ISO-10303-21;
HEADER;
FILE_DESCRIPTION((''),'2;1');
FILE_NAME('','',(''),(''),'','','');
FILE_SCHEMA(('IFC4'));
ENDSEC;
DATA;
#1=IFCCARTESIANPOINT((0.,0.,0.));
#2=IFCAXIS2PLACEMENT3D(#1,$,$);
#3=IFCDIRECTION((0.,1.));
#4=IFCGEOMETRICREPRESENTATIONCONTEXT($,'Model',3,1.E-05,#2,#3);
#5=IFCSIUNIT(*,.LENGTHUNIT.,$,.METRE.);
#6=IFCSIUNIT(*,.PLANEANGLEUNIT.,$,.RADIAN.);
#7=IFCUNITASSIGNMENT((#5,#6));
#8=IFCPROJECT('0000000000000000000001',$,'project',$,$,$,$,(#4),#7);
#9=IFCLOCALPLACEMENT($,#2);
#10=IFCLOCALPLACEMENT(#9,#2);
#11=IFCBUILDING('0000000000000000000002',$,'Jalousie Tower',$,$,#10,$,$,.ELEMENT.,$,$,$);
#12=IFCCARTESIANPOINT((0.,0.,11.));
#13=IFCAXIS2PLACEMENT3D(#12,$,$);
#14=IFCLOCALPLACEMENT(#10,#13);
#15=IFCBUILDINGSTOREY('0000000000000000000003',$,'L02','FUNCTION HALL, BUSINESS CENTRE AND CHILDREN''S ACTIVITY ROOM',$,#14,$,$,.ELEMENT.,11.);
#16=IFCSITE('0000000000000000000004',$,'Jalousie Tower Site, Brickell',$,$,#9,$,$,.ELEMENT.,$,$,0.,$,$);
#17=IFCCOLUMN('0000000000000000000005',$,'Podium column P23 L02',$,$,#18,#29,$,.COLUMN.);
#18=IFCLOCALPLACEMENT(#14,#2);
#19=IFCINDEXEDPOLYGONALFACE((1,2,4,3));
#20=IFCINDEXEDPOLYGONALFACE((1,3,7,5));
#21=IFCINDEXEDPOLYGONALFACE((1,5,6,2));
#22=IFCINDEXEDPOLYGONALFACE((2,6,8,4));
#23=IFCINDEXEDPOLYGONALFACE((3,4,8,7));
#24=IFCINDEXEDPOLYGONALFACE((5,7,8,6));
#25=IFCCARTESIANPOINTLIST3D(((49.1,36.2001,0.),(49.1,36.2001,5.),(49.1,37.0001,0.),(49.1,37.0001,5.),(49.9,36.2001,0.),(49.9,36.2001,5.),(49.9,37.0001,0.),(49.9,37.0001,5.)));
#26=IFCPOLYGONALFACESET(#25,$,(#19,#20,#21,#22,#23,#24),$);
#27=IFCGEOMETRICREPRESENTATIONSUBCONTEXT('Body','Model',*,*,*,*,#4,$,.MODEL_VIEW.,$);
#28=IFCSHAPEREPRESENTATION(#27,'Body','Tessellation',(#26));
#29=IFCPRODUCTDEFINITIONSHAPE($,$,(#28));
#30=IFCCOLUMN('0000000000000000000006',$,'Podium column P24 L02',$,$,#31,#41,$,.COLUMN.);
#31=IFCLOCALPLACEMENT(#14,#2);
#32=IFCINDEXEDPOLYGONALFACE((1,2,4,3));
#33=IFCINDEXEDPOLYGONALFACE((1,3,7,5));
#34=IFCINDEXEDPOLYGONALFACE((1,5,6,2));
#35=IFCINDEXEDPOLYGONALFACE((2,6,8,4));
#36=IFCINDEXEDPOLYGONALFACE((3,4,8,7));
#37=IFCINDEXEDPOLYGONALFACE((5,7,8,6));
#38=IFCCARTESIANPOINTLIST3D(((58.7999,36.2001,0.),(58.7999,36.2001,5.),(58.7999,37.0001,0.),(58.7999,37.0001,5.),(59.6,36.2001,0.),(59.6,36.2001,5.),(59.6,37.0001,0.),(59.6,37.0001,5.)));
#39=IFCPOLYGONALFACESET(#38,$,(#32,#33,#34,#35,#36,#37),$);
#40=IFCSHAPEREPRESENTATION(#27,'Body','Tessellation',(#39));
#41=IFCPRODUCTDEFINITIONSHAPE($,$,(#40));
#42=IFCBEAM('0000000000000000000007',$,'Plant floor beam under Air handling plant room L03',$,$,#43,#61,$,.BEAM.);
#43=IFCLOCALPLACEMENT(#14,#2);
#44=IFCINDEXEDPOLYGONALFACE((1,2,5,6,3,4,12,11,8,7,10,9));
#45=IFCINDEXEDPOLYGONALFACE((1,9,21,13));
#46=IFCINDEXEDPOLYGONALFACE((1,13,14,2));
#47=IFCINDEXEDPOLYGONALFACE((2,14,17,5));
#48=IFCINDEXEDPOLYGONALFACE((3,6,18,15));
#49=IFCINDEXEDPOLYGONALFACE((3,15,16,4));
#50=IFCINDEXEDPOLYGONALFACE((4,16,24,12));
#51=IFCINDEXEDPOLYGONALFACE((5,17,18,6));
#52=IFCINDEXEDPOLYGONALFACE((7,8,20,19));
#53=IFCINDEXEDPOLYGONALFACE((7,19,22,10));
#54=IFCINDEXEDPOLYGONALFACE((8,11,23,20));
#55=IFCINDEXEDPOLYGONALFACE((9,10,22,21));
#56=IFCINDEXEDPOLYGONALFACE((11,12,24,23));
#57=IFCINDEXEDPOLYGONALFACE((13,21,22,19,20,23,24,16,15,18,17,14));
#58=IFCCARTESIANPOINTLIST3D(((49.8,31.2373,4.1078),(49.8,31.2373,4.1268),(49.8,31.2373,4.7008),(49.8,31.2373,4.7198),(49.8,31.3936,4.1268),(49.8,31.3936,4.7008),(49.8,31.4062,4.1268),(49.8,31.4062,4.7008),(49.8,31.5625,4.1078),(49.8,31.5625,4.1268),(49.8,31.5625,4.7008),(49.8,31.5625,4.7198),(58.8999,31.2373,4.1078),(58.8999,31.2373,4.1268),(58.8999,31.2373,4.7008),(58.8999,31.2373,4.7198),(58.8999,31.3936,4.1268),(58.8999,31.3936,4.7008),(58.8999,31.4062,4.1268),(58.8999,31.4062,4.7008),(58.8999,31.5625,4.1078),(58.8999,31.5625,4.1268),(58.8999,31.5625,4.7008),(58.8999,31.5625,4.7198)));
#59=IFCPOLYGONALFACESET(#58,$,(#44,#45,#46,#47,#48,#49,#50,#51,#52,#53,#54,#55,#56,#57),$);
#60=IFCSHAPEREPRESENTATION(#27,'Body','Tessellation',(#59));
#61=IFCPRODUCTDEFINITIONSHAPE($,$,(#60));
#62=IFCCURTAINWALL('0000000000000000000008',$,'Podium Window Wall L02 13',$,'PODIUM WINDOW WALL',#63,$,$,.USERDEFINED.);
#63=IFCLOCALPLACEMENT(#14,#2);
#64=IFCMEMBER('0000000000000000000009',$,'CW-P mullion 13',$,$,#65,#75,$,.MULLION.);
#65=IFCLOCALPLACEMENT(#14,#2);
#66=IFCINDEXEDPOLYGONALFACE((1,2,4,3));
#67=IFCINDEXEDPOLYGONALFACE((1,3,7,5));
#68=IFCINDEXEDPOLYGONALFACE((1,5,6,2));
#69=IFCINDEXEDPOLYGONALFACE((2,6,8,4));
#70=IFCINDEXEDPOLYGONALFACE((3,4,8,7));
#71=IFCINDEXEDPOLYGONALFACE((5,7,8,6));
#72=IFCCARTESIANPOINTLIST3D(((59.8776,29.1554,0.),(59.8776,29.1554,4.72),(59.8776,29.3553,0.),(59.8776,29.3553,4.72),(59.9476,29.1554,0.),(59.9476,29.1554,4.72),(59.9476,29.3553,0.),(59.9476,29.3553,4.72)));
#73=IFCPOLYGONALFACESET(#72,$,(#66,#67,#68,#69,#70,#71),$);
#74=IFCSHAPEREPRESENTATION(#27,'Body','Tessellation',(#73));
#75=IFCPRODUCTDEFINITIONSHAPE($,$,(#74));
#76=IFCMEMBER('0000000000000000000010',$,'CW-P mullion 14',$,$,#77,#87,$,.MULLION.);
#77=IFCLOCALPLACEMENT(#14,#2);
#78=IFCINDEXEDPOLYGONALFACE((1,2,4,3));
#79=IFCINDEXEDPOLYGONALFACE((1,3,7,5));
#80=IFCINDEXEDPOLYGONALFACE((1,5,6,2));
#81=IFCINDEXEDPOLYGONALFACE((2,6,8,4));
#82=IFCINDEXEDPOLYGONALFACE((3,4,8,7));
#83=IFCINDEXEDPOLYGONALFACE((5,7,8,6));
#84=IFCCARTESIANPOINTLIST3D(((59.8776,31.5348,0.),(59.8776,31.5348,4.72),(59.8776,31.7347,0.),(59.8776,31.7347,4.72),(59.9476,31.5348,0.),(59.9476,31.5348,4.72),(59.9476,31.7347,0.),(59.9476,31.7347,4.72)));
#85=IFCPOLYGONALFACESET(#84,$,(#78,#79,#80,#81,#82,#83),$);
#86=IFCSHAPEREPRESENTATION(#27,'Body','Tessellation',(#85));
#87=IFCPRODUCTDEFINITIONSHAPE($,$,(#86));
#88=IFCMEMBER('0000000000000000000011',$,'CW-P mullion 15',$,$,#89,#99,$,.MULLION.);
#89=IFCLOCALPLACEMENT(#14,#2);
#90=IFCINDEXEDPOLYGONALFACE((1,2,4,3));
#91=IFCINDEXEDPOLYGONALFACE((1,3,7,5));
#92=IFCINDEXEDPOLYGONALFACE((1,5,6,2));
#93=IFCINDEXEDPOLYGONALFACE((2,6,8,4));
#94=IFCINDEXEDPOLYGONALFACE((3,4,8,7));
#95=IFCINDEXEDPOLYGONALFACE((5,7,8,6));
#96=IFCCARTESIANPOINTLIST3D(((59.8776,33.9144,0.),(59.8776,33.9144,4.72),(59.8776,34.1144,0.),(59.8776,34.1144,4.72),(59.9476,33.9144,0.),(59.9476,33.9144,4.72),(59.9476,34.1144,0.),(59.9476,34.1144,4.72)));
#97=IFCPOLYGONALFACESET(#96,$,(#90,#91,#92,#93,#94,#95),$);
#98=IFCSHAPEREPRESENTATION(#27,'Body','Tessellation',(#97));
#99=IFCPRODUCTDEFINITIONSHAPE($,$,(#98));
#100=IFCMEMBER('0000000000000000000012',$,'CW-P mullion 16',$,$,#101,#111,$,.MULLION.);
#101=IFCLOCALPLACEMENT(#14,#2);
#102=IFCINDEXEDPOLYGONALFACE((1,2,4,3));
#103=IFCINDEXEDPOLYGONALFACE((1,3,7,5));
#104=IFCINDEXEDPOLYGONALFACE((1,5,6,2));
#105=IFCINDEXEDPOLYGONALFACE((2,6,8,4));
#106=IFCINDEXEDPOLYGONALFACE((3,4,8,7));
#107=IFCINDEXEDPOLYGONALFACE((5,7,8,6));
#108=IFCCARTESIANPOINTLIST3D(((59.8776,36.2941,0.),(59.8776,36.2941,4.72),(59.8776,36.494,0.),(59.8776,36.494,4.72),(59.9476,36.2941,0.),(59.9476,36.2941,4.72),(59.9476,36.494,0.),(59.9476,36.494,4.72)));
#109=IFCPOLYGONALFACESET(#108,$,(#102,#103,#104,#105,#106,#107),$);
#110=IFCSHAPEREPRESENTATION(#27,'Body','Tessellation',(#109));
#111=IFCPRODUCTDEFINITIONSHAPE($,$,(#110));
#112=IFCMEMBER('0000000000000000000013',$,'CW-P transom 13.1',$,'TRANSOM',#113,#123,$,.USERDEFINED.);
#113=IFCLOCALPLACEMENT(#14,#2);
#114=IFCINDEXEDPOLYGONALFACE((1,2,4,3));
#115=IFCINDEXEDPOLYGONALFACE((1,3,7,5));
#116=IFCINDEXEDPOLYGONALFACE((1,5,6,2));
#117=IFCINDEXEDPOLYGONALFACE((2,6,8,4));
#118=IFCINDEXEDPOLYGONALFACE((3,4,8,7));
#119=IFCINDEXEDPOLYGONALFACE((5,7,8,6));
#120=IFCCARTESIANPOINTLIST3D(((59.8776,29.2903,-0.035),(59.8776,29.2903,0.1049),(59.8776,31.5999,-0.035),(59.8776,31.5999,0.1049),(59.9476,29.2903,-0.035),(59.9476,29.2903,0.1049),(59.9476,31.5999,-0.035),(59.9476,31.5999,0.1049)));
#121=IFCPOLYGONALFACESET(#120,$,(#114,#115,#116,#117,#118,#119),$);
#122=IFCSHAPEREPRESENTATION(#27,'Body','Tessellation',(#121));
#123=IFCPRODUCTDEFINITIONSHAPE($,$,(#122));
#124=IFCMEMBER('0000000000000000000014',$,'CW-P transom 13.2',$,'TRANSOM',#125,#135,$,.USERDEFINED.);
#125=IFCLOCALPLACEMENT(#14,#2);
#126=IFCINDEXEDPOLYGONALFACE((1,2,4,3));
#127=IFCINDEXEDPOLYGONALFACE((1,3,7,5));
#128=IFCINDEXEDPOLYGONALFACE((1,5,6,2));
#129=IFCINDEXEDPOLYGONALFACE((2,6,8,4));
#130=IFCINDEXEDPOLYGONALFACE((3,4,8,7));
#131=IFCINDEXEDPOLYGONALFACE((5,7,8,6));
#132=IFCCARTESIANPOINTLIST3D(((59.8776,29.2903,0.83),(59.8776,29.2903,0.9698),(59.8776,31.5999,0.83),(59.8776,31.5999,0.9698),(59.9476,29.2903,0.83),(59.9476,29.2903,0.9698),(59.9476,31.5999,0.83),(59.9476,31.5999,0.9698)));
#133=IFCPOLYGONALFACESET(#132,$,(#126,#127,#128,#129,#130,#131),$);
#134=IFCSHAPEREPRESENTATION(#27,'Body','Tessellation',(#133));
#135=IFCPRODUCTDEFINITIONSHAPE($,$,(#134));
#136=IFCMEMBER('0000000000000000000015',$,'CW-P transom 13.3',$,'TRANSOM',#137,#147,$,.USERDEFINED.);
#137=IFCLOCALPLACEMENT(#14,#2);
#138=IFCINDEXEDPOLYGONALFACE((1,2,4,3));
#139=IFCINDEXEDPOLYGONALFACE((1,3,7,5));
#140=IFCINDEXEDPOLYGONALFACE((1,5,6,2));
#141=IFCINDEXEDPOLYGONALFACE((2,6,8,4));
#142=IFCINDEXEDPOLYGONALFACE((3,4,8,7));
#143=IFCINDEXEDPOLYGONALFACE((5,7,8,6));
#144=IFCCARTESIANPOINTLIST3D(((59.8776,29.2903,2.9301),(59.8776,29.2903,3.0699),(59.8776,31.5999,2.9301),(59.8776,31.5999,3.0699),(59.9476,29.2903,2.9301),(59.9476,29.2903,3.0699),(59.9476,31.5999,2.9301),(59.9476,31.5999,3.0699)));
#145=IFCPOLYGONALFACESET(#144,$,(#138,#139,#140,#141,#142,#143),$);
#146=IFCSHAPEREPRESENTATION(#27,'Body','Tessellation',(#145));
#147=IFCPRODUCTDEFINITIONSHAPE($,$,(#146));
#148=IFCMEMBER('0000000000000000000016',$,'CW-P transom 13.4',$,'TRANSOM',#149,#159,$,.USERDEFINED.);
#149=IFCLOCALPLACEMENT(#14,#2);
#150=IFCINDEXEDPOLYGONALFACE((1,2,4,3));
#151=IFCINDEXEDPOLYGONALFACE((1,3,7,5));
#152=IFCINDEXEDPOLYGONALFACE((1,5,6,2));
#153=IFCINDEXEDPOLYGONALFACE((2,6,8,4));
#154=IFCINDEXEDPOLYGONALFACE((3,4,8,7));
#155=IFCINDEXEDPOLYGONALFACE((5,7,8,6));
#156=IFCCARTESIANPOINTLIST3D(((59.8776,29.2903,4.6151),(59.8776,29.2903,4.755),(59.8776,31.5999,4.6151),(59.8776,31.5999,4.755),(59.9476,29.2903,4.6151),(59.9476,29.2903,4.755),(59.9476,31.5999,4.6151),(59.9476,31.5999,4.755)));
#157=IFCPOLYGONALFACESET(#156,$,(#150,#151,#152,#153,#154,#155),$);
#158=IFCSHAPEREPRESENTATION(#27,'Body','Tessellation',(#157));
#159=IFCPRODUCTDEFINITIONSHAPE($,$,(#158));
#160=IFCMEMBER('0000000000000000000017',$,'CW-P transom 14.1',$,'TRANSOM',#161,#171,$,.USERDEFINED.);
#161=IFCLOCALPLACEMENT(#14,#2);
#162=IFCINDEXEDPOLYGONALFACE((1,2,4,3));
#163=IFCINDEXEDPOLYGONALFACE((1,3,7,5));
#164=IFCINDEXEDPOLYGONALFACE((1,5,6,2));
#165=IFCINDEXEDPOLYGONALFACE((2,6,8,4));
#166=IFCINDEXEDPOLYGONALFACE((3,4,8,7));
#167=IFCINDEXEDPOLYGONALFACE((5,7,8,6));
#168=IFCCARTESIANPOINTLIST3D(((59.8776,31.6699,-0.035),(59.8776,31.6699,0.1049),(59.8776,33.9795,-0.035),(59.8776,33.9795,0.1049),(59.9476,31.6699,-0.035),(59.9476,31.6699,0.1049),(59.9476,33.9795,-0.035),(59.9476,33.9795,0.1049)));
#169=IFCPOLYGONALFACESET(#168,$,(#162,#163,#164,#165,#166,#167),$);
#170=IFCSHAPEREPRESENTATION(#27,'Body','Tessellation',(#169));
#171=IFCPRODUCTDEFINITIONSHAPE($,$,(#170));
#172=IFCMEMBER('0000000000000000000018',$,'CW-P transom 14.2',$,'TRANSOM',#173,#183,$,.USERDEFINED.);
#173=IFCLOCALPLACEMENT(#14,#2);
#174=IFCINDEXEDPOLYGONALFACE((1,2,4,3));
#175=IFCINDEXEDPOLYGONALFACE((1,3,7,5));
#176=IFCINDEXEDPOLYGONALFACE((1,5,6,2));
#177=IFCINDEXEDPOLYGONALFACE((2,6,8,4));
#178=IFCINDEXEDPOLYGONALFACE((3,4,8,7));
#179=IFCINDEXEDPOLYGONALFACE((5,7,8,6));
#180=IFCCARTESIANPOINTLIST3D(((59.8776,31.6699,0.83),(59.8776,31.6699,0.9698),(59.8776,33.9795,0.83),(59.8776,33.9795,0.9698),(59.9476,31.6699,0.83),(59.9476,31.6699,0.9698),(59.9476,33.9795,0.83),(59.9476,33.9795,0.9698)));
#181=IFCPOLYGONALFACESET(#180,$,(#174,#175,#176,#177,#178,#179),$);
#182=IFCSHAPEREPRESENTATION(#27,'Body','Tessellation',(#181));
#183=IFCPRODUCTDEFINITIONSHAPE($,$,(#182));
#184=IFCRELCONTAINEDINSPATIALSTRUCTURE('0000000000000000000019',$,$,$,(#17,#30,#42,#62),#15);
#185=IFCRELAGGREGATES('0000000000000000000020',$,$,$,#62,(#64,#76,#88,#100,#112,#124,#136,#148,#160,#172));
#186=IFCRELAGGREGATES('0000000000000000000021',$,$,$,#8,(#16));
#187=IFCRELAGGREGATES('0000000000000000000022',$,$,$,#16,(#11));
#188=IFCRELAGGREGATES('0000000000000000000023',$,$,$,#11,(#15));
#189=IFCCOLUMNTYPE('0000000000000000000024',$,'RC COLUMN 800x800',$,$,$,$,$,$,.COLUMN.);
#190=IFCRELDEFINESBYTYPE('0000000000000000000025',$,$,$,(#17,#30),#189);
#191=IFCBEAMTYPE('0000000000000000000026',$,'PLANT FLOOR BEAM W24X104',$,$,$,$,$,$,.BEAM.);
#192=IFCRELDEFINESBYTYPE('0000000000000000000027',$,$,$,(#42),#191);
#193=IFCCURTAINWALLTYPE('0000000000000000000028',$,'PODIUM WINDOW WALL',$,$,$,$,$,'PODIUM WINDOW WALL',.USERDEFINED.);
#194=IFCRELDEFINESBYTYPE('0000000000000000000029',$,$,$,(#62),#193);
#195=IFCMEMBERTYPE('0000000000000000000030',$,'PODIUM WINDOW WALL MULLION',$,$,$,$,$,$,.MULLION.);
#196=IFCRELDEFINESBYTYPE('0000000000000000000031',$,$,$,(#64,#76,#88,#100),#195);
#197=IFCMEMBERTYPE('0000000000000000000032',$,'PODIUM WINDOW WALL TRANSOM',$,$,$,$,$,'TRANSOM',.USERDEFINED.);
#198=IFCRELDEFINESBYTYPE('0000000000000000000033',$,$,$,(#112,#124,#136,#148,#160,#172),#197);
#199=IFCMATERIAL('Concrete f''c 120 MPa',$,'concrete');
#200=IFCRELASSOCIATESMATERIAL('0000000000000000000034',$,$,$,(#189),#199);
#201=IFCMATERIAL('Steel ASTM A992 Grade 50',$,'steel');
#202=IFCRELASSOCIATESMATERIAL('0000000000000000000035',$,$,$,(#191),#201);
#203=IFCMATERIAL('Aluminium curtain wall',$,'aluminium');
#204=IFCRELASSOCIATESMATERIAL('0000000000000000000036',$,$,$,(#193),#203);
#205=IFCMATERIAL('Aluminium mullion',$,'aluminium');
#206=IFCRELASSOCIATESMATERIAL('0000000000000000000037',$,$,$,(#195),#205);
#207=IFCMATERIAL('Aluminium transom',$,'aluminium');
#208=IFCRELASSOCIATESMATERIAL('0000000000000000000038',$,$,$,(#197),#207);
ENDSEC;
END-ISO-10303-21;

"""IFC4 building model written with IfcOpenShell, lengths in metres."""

from ifc_helpers import new_model, si_unit, direction, frame, origin, origin_2d, place, context, subcontext, project, spatial, rectangle, i_section, extrude, material, material_profile, profile_set, type_object, element, aggregate, save


model = new_model("IFC4")

# Units and contexts
model_context = context("Model", 3, precision=1e-05, world=origin(), true_north=direction((0.0, 1.0)))
body_context = subcontext(model_context, "Body", "Model", "MODEL_VIEW")
ifc_project = project(units=[si_unit("LENGTHUNIT", "METRE"), si_unit("PLANEANGLEUNIT", "RADIAN")], contexts=[model_context])

# Site, building, storey
site_placement = place(None, origin())
site = spatial("IfcSite", under=ifc_project, at=site_placement, Name="Jalousie Tower Site, Brickell", CompositionType="ELEMENT", RefElevation=0.0)
building_placement = place(site_placement, origin())
building = spatial("IfcBuilding", under=site, at=building_placement, Name="Jalousie Tower", CompositionType="ELEMENT")
storey_placement = place(building_placement, frame((0.0, 0.0, 11.0)))
storey = spatial("IfcBuildingStorey", under=building, at=storey_placement, Name="L02", Description="FUNCTION HALL, BUSINESS CENTRE AND CHILDREN'S ACTIVITY ROOM", CompositionType="ELEMENT", Elevation=11.0)

# Columns
ifc_material_1 = material(Name="Concrete f'c 120 MPa", Category="concrete")
ifc_material_profile_1 = material_profile(ifc_material_1, rectangle(XDim=0.8, YDim=0.8, at=origin_2d()), Name="RC 800x800")
ifc_profile_set_1 = profile_set([ifc_material_profile_1], Name="Concrete f'c 120 MPa")
column_type = type_object("IfcColumnType", Name="RC COLUMN 800x800", PredefinedType="COLUMN", material=ifc_profile_set_1)
for number, where, z_axis, x_axis, name in (
    (1, (49.5, 36.6001, 0.0), (0.0, 0.0, 1.0), (1.0, 0.0, 0.0), "Podium column P23 L02"),
    (2, (59.2, 36.6001, 0.0), (0.0, 0.0, 1.0), (1.0, 0.0, 0.0), "Podium column P24 L02"),
):
    element("IfcColumn", number, at=place(storey_placement, frame(where, z_axis=z_axis, x_axis=x_axis)), inside=storey, type_object=column_type, Name=name, PredefinedType="COLUMN", context=body_context, shape_type="SweptSolid", body=[
        extrude(rectangle(XDim=0.8, YDim=0.8, at=origin_2d()), origin(), (0.0, 0.0, 1.0), 5.0),
    ])

# Beam
ifc_material_2 = material(Name="Steel ASTM A992 Grade 50", Category="steel")
ifc_material_profile_2 = material_profile(ifc_material_2, i_section(OverallWidth=0.3252, OverallDepth=0.6121, WebThickness=0.0127, FlangeThickness=0.019, at=origin_2d()), Name="W24X104")
ifc_profile_set_2 = profile_set([ifc_material_profile_2], Name="Steel ASTM A992 Grade 50")
beam_type_1 = type_object("IfcBeamType", Name="PLANT FLOOR BEAM W24X104", PredefinedType="BEAM", material=ifc_profile_set_2)
beam_1_placement = place(storey_placement, frame((49.8, 31.3999, 4.4138), z_axis=(1.0, 0.0, 0.0), x_axis=(0.0, 1.0, 0.0)))
element("IfcBeam", 3, at=beam_1_placement, inside=storey, type_object=beam_type_1, Name="Plant floor beam under Air handling plant room L03", PredefinedType="BEAM", context=body_context, shape_type="SweptSolid", body=[
    extrude(i_section(OverallWidth=0.3252, OverallDepth=0.6121, WebThickness=0.0127, FlangeThickness=0.019, at=origin_2d()), origin(), (0.0, 0.0, 1.0), 9.0999),
])

# Curtain wall, members
ifc_material_3 = material(Name="Aluminium curtain wall", Category="aluminium")
curtain_wall_type = type_object("IfcCurtainWallType", Name="PODIUM WINDOW WALL", ElementType="PODIUM WINDOW WALL", PredefinedType="USERDEFINED", material=ifc_material_3)
curtain_wall_placement = place(storey_placement, origin())
curtain_wall = element("IfcCurtainWall", 4, at=curtain_wall_placement, inside=storey, type_object=curtain_wall_type, Name="Podium Window Wall L02 13", ObjectType="PODIUM WINDOW WALL", PredefinedType="USERDEFINED")
ifc_material_4 = material(Name="Aluminium mullion", Category="aluminium")
ifc_material_profile_3 = material_profile(ifc_material_4, rectangle(XDim=0.0701, YDim=0.2, at=origin_2d()), Name="MULLION 70x200")
ifc_profile_set_3 = profile_set([ifc_material_profile_3], Name="Aluminium mullion")
member_type_1 = type_object("IfcMemberType", Name="PODIUM WINDOW WALL MULLION", PredefinedType="MULLION", material=ifc_profile_set_3)
member_1_placement = place(storey_placement, frame((59.9126, 29.2554, 0.0), z_axis=(0.0, 0.0, 1.0), x_axis=(-1.0, 0.0, 0.0)))
member_1 = element("IfcMember", 5, at=member_1_placement, type_object=member_type_1, Name="CW-P mullion 13", PredefinedType="MULLION", context=body_context, shape_type="SweptSolid", body=[
    extrude(rectangle(XDim=0.0701, YDim=0.2, at=origin_2d()), origin(), (0.0, 0.0, 1.0), 4.72),
])
member_2_placement = place(storey_placement, frame((59.9126, 31.6348, 0.0), z_axis=(0.0, 0.0, 1.0), x_axis=(-1.0, 0.0, 0.0)))
member_2 = element("IfcMember", 6, at=member_2_placement, type_object=member_type_1, Name="CW-P mullion 14", PredefinedType="MULLION", context=body_context, shape_type="SweptSolid", body=[
    extrude(rectangle(XDim=0.0701, YDim=0.2, at=origin_2d()), origin(), (0.0, 0.0, 1.0), 4.72),
])
member_3_placement = place(storey_placement, frame((59.9126, 34.0144, 0.0), z_axis=(0.0, 0.0, 1.0), x_axis=(-1.0, 0.0, 0.0)))
member_3 = element("IfcMember", 7, at=member_3_placement, type_object=member_type_1, Name="CW-P mullion 15", PredefinedType="MULLION", context=body_context, shape_type="SweptSolid", body=[
    extrude(rectangle(XDim=0.0701, YDim=0.2, at=origin_2d()), origin(), (0.0, 0.0, 1.0), 4.72),
])
member_4_placement = place(storey_placement, frame((59.9126, 36.394, 0.0), z_axis=(0.0, 0.0, 1.0), x_axis=(-1.0, 0.0, 0.0)))
member_4 = element("IfcMember", 8, at=member_4_placement, type_object=member_type_1, Name="CW-P mullion 16", PredefinedType="MULLION", context=body_context, shape_type="SweptSolid", body=[
    extrude(rectangle(XDim=0.0701, YDim=0.2, at=origin_2d()), origin(), (0.0, 0.0, 1.0), 4.72),
])
ifc_material_5 = material(Name="Aluminium transom", Category="aluminium")
ifc_material_profile_4 = material_profile(ifc_material_5, rectangle(XDim=0.0701, YDim=0.1399, at=origin_2d()), Name="TRANSOM 70x140")
ifc_profile_set_4 = profile_set([ifc_material_profile_4], Name="Aluminium transom")
member_type_2 = type_object("IfcMemberType", Name="PODIUM WINDOW WALL TRANSOM", ElementType="TRANSOM", PredefinedType="USERDEFINED", material=ifc_profile_set_4)
member_5_placement = place(storey_placement, frame((59.9126, 29.2903, 0.0349), z_axis=(0.0, 1.0, 0.0), x_axis=(-1.0, 0.0, 0.0)))
member_5 = element("IfcMember", 9, at=member_5_placement, type_object=member_type_2, Name="CW-P transom 13.1", ObjectType="TRANSOM", PredefinedType="USERDEFINED", context=body_context, shape_type="SweptSolid", body=[
    extrude(rectangle(XDim=0.0701, YDim=0.1399, at=origin_2d()), origin(), (0.0, 0.0, 1.0), 2.3096),
])
member_6_placement = place(storey_placement, frame((59.9126, 29.2903, 0.8999), z_axis=(0.0, 1.0, 0.0), x_axis=(-1.0, 0.0, 0.0)))
member_6 = element("IfcMember", 10, at=member_6_placement, type_object=member_type_2, Name="CW-P transom 13.2", ObjectType="TRANSOM", PredefinedType="USERDEFINED", context=body_context, shape_type="SweptSolid", body=[
    extrude(rectangle(XDim=0.0701, YDim=0.1399, at=origin_2d()), origin(), (0.0, 0.0, 1.0), 2.3096),
])
member_7_placement = place(storey_placement, frame((59.9126, 29.2903, 3.0), z_axis=(0.0, 1.0, 0.0), x_axis=(-1.0, 0.0, 0.0)))
member_7 = element("IfcMember", 11, at=member_7_placement, type_object=member_type_2, Name="CW-P transom 13.3", ObjectType="TRANSOM", PredefinedType="USERDEFINED", context=body_context, shape_type="SweptSolid", body=[
    extrude(rectangle(XDim=0.0701, YDim=0.1399, at=origin_2d()), origin(), (0.0, 0.0, 1.0), 2.3096),
])
member_8_placement = place(storey_placement, frame((59.9126, 29.2903, 4.6851), z_axis=(0.0, 1.0, 0.0), x_axis=(-1.0, 0.0, 0.0)))
member_8 = element("IfcMember", 12, at=member_8_placement, type_object=member_type_2, Name="CW-P transom 13.4", ObjectType="TRANSOM", PredefinedType="USERDEFINED", context=body_context, shape_type="SweptSolid", body=[
    extrude(rectangle(XDim=0.0701, YDim=0.1399, at=origin_2d()), origin(), (0.0, 0.0, 1.0), 2.3096),
])
member_9_placement = place(storey_placement, frame((59.9126, 31.6699, 0.0349), z_axis=(0.0, 1.0, 0.0), x_axis=(-1.0, 0.0, 0.0)))
member_9 = element("IfcMember", 13, at=member_9_placement, type_object=member_type_2, Name="CW-P transom 14.1", ObjectType="TRANSOM", PredefinedType="USERDEFINED", context=body_context, shape_type="SweptSolid", body=[
    extrude(rectangle(XDim=0.0701, YDim=0.1399, at=origin_2d()), origin(), (0.0, 0.0, 1.0), 2.3096),
])
member_10_placement = place(storey_placement, frame((59.9126, 31.6699, 0.8999), z_axis=(0.0, 1.0, 0.0), x_axis=(-1.0, 0.0, 0.0)))
member_10 = element("IfcMember", 14, at=member_10_placement, type_object=member_type_2, Name="CW-P transom 14.2", ObjectType="TRANSOM", PredefinedType="USERDEFINED", context=body_context, shape_type="SweptSolid", body=[
    extrude(rectangle(XDim=0.0701, YDim=0.1399, at=origin_2d()), origin(), (0.0, 0.0, 1.0), 2.3096),
])

aggregate(curtain_wall, [member_1, member_2, member_3, member_4, member_5, member_6, member_7, member_8, member_9, member_10])

save(model, "model.ifc")
